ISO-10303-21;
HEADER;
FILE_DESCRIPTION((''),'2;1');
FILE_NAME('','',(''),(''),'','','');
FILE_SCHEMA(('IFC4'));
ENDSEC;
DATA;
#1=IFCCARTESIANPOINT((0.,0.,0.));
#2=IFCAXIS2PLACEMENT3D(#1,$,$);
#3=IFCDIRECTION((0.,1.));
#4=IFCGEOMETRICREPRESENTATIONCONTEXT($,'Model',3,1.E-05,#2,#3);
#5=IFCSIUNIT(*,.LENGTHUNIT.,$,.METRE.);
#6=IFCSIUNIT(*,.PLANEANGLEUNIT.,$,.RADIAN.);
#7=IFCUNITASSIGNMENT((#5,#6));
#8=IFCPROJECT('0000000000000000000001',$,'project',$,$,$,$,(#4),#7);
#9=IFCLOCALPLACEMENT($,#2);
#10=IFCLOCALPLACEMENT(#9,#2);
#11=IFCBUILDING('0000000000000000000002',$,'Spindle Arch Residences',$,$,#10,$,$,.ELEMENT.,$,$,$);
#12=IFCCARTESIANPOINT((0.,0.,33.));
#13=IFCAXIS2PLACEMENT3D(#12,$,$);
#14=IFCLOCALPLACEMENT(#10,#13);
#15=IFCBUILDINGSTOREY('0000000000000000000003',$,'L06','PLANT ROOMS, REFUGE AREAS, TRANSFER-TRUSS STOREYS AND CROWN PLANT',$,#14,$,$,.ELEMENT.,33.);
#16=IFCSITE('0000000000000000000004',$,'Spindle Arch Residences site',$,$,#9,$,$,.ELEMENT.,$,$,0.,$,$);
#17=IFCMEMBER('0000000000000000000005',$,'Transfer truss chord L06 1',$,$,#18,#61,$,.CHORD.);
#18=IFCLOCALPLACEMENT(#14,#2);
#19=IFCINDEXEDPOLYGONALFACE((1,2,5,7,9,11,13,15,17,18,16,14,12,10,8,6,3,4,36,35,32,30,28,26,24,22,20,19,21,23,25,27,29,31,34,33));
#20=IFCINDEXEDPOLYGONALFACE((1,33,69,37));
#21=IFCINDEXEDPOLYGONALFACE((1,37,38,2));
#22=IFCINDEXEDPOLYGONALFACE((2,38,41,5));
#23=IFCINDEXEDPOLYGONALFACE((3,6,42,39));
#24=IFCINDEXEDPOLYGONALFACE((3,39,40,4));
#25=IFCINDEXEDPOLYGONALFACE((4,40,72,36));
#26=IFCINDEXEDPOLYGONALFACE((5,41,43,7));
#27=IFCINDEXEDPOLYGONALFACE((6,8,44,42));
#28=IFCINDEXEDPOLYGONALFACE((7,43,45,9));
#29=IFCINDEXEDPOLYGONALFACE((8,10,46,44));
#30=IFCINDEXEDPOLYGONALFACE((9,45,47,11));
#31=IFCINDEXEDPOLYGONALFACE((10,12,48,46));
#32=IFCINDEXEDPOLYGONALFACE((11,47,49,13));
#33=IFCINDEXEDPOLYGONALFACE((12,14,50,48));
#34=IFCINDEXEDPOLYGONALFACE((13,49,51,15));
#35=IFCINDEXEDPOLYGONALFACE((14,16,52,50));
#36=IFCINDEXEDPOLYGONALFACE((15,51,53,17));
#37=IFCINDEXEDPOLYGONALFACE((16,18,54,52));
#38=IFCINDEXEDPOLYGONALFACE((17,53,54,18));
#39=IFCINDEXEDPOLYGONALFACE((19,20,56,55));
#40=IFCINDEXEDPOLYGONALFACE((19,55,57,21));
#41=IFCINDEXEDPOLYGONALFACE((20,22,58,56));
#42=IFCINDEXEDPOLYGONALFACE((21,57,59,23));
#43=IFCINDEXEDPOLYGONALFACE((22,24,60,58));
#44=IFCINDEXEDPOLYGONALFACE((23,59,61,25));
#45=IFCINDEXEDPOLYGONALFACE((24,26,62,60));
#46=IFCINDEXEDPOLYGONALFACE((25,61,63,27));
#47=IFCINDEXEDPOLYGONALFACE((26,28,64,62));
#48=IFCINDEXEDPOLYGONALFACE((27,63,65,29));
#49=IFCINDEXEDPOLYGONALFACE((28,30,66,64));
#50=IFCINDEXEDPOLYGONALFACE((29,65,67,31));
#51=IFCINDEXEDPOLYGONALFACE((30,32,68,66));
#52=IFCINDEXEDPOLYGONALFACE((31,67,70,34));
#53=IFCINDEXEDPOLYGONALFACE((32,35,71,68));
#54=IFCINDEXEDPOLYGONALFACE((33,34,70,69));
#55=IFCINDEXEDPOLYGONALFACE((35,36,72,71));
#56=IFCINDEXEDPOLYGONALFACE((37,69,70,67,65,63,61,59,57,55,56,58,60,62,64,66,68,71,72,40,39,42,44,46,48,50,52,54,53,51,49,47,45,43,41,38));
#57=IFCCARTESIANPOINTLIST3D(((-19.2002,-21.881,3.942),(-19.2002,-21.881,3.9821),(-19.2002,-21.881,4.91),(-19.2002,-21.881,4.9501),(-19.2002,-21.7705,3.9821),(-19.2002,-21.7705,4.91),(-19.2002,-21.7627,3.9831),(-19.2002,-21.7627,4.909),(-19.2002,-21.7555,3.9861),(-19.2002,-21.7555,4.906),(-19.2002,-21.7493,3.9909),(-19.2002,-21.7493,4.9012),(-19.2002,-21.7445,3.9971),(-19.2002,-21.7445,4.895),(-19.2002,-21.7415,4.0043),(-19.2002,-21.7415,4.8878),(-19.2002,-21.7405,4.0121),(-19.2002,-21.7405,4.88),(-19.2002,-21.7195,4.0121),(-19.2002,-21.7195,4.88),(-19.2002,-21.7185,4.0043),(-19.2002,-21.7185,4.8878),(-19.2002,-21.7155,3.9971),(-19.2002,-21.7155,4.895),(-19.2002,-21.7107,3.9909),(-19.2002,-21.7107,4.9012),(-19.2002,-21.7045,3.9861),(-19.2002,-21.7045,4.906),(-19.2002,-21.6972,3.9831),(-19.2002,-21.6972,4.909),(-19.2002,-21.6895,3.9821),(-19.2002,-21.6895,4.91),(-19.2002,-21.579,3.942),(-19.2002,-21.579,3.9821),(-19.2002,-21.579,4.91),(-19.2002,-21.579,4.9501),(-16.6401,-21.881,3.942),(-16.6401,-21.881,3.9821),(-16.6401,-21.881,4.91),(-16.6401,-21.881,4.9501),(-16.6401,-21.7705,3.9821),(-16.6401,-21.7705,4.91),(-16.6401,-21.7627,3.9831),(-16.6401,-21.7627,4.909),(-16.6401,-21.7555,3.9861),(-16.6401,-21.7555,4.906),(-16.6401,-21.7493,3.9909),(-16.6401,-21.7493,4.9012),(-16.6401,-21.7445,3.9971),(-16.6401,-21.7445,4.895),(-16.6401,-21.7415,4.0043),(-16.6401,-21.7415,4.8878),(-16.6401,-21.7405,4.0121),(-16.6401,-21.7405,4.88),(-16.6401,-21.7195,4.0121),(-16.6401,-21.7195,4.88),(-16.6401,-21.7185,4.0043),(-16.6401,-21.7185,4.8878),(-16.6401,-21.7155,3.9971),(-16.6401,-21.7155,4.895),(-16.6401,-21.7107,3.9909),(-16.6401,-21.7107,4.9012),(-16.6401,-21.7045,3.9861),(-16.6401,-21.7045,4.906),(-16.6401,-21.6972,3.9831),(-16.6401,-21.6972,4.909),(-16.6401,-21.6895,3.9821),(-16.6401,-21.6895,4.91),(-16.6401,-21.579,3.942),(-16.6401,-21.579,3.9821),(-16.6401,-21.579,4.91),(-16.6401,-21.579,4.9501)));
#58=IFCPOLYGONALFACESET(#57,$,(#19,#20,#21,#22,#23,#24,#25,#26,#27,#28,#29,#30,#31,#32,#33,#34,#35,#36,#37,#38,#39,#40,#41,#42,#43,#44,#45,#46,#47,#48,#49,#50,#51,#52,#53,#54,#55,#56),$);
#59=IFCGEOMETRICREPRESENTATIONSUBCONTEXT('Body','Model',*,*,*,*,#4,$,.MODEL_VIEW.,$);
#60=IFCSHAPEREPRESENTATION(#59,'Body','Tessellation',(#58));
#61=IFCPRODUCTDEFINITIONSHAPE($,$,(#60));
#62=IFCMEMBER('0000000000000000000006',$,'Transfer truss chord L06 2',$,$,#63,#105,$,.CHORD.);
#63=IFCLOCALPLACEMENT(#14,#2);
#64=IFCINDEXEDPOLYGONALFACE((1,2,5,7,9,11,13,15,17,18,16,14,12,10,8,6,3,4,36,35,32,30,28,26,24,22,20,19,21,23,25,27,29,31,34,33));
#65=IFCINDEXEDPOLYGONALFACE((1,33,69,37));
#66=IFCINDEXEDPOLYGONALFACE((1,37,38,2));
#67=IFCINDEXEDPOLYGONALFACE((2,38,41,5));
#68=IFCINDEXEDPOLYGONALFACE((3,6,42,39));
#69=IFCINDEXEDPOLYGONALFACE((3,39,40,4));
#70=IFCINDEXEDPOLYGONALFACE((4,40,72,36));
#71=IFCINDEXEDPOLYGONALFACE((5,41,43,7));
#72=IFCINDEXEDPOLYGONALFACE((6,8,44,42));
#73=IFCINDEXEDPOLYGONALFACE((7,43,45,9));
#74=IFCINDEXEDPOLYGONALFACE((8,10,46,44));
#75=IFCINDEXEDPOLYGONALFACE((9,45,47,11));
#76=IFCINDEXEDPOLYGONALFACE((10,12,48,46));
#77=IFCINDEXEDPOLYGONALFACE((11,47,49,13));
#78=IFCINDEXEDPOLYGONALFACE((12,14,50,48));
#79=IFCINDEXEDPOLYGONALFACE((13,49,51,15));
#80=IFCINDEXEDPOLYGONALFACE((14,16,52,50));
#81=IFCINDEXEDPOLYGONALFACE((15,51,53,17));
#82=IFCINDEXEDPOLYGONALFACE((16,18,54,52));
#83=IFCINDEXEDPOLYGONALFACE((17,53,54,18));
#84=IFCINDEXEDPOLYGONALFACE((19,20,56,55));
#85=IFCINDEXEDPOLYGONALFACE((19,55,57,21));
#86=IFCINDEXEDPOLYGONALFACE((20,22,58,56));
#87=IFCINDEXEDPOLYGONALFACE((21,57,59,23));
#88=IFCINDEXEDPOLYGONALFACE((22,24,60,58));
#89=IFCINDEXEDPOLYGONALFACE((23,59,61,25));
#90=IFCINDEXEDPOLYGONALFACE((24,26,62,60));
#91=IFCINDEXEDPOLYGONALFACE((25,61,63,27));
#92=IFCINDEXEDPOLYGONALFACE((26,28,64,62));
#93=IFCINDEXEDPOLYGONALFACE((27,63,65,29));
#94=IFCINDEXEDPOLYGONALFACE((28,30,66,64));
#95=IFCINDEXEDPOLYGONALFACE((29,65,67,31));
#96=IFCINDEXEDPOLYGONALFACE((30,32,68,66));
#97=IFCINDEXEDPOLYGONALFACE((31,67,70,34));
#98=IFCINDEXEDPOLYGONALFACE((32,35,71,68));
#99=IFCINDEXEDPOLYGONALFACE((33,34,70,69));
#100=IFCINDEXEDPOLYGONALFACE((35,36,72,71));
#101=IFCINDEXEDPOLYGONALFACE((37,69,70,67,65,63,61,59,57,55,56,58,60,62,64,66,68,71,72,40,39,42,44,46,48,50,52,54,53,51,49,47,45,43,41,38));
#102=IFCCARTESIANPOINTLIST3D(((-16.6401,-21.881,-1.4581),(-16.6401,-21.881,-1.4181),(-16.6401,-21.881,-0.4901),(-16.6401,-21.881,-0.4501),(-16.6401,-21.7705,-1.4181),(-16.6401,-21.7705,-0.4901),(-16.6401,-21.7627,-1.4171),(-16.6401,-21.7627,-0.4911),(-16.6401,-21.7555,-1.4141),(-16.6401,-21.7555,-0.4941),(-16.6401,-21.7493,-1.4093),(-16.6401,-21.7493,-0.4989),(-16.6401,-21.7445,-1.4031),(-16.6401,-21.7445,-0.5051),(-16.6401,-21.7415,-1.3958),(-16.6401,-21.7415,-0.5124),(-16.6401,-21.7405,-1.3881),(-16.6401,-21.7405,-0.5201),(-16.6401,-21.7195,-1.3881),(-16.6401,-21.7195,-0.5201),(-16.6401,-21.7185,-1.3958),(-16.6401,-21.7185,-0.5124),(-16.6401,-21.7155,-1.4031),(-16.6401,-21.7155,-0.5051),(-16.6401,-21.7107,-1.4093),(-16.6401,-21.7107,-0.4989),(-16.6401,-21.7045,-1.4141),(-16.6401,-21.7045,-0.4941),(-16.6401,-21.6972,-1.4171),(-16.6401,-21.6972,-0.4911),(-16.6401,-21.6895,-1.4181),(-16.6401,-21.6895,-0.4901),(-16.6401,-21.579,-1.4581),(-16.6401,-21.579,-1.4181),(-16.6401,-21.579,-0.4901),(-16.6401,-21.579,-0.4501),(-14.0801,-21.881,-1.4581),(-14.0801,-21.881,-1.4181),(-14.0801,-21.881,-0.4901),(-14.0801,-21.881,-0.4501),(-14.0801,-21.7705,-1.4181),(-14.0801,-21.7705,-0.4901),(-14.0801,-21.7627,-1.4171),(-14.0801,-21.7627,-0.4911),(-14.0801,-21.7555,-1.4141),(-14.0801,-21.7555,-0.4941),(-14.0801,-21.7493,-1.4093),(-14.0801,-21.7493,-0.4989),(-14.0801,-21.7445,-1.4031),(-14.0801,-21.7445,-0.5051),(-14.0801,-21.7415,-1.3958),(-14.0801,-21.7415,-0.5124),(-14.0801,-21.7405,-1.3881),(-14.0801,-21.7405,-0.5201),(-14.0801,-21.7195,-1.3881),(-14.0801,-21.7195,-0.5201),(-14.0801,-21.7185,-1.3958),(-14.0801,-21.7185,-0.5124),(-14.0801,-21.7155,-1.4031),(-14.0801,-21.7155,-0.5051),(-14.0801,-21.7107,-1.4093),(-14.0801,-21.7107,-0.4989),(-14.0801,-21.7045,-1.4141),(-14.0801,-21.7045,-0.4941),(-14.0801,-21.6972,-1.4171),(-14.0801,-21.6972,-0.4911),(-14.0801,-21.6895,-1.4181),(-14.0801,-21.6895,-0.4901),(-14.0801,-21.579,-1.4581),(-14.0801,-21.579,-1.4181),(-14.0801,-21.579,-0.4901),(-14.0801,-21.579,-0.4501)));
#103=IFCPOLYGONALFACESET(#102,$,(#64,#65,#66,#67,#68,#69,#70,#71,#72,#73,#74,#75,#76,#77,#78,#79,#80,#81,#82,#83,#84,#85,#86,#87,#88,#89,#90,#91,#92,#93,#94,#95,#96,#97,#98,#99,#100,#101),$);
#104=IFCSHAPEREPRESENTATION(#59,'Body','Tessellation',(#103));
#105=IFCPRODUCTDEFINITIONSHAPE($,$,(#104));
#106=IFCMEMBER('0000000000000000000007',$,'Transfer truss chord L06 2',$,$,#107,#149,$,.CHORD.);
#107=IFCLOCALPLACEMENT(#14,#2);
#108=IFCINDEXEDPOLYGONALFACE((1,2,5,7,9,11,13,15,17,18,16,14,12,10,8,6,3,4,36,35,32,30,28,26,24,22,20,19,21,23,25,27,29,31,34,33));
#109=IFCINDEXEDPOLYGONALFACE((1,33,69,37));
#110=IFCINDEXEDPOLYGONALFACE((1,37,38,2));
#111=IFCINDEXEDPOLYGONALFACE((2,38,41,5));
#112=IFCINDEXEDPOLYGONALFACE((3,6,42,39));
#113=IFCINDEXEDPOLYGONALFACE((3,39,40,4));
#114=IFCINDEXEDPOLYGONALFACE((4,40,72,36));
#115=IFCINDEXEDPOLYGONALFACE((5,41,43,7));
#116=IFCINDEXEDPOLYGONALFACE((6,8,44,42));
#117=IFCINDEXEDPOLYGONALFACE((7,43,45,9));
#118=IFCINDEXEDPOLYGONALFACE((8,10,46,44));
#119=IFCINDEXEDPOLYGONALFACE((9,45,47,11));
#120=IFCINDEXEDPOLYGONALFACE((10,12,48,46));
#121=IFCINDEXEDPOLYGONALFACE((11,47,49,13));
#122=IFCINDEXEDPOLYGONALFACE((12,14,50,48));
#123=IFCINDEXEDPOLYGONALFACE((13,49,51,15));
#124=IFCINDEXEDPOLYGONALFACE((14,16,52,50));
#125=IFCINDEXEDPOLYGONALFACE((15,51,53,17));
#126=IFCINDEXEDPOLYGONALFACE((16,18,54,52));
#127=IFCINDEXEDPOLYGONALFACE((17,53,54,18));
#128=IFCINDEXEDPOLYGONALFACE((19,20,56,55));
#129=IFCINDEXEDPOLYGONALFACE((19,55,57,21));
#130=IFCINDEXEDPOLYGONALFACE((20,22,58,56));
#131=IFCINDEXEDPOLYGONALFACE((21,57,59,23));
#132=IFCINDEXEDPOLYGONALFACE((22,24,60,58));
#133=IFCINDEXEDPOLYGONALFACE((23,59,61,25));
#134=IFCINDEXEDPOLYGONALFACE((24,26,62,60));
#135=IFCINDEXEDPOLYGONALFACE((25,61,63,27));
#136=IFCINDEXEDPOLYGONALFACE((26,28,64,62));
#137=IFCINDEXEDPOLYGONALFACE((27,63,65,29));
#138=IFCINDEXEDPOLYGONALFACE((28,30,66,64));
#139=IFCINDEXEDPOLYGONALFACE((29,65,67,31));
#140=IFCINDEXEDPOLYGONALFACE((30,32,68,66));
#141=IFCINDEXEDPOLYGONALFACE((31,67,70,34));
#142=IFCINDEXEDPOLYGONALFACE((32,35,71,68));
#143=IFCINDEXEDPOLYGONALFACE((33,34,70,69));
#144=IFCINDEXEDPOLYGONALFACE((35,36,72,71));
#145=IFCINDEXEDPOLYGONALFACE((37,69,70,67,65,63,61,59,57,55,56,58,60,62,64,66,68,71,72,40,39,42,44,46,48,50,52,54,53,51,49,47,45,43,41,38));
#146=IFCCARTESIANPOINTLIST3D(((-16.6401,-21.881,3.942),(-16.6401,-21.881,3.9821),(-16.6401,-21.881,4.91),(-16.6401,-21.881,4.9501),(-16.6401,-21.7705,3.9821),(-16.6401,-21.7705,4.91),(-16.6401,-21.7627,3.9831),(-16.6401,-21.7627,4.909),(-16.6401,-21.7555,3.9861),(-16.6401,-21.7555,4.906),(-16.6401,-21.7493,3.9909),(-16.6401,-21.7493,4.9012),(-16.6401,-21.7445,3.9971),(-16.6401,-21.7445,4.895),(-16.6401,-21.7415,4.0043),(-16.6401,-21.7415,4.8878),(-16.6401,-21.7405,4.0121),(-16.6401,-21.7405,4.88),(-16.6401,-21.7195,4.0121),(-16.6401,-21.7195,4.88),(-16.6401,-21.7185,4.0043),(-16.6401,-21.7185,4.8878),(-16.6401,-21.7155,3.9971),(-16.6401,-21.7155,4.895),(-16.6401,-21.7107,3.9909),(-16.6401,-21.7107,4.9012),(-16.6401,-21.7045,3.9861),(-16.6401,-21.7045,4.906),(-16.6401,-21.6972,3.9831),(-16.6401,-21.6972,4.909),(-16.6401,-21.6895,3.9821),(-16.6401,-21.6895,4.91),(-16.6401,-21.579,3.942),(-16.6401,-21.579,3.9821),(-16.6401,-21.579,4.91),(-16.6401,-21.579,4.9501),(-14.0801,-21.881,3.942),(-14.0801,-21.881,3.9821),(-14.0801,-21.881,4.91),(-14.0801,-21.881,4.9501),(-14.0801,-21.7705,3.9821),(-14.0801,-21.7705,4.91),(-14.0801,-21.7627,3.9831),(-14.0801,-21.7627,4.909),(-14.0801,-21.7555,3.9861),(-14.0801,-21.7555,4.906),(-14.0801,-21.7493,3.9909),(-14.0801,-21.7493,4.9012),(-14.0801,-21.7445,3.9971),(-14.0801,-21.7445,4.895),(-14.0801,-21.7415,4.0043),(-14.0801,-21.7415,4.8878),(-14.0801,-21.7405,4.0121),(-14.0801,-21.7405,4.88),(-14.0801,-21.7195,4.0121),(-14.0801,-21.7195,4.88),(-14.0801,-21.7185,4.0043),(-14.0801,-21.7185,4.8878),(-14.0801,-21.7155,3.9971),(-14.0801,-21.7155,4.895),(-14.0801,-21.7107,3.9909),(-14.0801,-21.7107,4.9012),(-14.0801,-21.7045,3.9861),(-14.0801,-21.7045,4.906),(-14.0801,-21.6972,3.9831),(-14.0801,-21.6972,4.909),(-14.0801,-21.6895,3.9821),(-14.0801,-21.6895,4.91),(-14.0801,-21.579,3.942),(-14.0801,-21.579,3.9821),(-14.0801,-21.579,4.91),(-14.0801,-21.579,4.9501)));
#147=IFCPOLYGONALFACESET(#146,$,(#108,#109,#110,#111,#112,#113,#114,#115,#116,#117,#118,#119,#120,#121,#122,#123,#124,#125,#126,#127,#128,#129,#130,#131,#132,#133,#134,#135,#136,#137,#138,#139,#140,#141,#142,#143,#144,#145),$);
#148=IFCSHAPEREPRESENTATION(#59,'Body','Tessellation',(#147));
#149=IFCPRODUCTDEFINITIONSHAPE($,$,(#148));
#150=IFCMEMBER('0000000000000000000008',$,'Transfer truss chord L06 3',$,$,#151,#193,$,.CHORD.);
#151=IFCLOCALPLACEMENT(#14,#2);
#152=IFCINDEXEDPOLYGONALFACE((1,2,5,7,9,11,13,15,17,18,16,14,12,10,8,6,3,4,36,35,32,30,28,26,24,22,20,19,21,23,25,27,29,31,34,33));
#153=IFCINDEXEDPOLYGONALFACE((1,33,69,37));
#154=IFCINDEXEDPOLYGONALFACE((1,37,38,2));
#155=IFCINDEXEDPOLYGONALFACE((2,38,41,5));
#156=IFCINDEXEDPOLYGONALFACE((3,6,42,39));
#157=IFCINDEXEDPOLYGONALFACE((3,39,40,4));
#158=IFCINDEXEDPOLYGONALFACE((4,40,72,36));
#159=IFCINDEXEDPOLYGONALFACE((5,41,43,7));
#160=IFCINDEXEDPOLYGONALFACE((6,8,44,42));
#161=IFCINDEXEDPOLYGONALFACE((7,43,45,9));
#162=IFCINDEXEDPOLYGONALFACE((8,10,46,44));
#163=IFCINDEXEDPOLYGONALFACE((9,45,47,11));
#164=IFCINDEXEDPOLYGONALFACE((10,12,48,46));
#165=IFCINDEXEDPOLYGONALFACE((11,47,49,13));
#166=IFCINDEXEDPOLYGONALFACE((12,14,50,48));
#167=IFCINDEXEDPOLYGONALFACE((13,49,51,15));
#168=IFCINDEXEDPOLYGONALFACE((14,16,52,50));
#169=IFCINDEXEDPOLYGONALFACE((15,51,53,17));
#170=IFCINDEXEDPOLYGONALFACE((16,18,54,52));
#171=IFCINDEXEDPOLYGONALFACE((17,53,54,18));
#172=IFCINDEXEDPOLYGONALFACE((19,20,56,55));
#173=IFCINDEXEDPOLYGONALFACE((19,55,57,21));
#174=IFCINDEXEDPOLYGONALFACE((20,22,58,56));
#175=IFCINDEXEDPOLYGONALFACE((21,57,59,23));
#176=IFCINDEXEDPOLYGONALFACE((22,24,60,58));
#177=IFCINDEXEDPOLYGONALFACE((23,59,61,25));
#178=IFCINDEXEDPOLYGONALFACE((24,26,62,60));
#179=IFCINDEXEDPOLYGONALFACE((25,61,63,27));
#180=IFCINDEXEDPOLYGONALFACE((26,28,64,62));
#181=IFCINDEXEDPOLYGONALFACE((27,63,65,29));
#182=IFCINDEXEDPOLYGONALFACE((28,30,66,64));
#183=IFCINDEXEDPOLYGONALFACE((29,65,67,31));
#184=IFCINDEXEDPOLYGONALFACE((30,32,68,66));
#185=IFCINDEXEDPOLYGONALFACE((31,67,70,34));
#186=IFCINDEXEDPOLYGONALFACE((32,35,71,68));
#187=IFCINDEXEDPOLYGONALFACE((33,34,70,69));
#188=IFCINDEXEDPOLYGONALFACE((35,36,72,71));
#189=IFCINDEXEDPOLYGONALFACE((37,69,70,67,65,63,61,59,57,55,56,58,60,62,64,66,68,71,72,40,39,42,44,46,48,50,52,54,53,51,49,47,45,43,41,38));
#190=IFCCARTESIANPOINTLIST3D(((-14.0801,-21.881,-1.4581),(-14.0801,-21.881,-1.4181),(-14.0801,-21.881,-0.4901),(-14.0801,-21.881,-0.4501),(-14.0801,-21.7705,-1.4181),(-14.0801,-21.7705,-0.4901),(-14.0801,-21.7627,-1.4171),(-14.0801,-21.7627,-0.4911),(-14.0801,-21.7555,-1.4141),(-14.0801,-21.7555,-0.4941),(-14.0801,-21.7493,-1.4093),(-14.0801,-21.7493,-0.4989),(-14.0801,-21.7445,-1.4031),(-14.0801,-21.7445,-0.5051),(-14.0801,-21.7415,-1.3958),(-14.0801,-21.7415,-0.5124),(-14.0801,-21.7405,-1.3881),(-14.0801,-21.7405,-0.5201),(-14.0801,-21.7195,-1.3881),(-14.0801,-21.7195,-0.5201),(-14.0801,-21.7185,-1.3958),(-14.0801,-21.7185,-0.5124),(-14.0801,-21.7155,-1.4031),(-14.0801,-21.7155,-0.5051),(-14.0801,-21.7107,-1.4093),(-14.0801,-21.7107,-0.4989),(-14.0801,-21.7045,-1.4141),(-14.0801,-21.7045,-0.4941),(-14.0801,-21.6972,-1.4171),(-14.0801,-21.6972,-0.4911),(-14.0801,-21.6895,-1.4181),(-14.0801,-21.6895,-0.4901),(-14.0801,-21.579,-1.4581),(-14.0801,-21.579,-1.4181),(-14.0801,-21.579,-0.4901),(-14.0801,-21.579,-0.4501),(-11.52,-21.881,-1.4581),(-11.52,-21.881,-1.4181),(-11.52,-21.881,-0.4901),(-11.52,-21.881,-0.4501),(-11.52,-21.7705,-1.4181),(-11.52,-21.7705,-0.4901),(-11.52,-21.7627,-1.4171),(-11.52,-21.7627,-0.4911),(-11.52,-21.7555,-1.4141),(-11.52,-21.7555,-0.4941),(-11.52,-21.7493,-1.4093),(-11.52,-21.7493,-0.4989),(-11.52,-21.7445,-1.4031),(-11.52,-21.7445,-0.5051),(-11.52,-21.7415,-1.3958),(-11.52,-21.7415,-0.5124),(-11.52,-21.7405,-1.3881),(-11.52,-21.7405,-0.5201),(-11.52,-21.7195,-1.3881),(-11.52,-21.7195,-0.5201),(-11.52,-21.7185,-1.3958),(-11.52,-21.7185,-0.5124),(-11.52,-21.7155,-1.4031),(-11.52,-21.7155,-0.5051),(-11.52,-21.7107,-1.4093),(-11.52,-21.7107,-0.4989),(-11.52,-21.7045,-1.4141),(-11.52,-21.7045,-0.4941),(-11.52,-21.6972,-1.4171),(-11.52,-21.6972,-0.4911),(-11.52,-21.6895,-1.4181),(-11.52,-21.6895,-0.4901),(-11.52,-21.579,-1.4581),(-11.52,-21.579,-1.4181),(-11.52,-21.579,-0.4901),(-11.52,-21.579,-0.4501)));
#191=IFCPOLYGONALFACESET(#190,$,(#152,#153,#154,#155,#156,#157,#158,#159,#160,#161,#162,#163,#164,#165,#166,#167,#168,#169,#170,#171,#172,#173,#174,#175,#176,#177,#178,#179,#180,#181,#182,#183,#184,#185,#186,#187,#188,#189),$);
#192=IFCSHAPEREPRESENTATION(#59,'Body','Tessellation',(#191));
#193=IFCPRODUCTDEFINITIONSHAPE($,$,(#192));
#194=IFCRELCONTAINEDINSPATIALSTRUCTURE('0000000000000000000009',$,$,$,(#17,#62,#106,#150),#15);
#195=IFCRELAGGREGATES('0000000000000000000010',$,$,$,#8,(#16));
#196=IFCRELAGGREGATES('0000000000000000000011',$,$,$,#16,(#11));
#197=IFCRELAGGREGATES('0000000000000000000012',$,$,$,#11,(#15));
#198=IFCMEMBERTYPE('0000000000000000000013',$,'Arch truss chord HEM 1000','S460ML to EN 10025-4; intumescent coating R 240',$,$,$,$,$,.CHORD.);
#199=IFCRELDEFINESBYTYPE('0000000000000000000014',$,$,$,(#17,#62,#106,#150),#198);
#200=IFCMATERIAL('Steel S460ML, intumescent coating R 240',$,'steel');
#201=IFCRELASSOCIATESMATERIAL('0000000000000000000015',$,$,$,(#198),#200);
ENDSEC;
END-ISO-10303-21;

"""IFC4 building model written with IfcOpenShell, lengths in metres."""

from ifc_helpers import new_model, si_unit, direction, frame, origin, origin_2d, place, context, subcontext, project, spatial, i_section, extrude, material, material_profile, profile_set, type_object, element, save


model = new_model("IFC4")

# Units and contexts
model_context = context("Model", 3, precision=1e-05, world=origin(), true_north=direction((0.0, 1.0)))
body_context = subcontext(model_context, "Body", "Model", "MODEL_VIEW")
ifc_project = project(units=[si_unit("LENGTHUNIT", "METRE"), si_unit("PLANEANGLEUNIT", "RADIAN")], contexts=[model_context])

# Site, building, storey
site_placement = place(None, origin())
site = spatial("IfcSite", under=ifc_project, at=site_placement, Name="Spindle Arch Residences site", CompositionType="ELEMENT", RefElevation=0.0)
building_placement = place(site_placement, origin())
building = spatial("IfcBuilding", under=site, at=building_placement, Name="Spindle Arch Residences", CompositionType="ELEMENT")
storey_placement = place(building_placement, frame((0.0, 0.0, 33.0)))
storey = spatial("IfcBuildingStorey", under=building, at=storey_placement, Name="L06", Description="PLANT ROOMS, REFUGE AREAS, TRANSFER-TRUSS STOREYS AND CROWN PLANT", CompositionType="ELEMENT", Elevation=33.0)

# Members
ifc_material_1 = material(Name="Steel S460ML, intumescent coating R 240", Category="steel")
ifc_material_profile_1 = material_profile(ifc_material_1, i_section(OverallWidth=0.302, OverallDepth=1.0081, WebThickness=0.021, FlangeThickness=0.04, FilletRadius=0.03, at=origin_2d()), Name="HEM 1000")
ifc_profile_set_1 = profile_set([ifc_material_profile_1], Name="Steel S460ML, intumescent coating R 240")
member_type_1 = type_object("IfcMemberType", Name="Arch truss chord HEM 1000", Description="S460ML to EN 10025-4; intumescent coating R 240", PredefinedType="CHORD", material=ifc_profile_set_1)
for number, where, z_axis, x_axis, name in (
    (1, (-19.2002, -21.73, 4.446), (1.0, 0.0, 0.0), (0.0, 1.0, 0.0), "Transfer truss chord L06 1"),
    (2, (-16.6401, -21.73, -0.9541), (1.0, 0.0, 0.0), (0.0, 1.0, 0.0), "Transfer truss chord L06 2"),
    (3, (-16.6401, -21.73, 4.446), (1.0, 0.0, 0.0), (0.0, 1.0, 0.0), "Transfer truss chord L06 2"),
    (4, (-14.0801, -21.73, -0.9541), (1.0, 0.0, 0.0), (0.0, 1.0, 0.0), "Transfer truss chord L06 3"),
):
    element("IfcMember", number, at=place(storey_placement, frame(where, z_axis=z_axis, x_axis=x_axis)), inside=storey, type_object=member_type_1, Name=name, PredefinedType="CHORD", context=body_context, shape_type="SweptSolid", body=[
        extrude(i_section(OverallWidth=0.302, OverallDepth=1.0081, WebThickness=0.021, FlangeThickness=0.04, FilletRadius=0.03, at=origin_2d()), origin(), (0.0, 0.0, 1.0), 2.5601),
    ])

save(model, "model.ifc")
